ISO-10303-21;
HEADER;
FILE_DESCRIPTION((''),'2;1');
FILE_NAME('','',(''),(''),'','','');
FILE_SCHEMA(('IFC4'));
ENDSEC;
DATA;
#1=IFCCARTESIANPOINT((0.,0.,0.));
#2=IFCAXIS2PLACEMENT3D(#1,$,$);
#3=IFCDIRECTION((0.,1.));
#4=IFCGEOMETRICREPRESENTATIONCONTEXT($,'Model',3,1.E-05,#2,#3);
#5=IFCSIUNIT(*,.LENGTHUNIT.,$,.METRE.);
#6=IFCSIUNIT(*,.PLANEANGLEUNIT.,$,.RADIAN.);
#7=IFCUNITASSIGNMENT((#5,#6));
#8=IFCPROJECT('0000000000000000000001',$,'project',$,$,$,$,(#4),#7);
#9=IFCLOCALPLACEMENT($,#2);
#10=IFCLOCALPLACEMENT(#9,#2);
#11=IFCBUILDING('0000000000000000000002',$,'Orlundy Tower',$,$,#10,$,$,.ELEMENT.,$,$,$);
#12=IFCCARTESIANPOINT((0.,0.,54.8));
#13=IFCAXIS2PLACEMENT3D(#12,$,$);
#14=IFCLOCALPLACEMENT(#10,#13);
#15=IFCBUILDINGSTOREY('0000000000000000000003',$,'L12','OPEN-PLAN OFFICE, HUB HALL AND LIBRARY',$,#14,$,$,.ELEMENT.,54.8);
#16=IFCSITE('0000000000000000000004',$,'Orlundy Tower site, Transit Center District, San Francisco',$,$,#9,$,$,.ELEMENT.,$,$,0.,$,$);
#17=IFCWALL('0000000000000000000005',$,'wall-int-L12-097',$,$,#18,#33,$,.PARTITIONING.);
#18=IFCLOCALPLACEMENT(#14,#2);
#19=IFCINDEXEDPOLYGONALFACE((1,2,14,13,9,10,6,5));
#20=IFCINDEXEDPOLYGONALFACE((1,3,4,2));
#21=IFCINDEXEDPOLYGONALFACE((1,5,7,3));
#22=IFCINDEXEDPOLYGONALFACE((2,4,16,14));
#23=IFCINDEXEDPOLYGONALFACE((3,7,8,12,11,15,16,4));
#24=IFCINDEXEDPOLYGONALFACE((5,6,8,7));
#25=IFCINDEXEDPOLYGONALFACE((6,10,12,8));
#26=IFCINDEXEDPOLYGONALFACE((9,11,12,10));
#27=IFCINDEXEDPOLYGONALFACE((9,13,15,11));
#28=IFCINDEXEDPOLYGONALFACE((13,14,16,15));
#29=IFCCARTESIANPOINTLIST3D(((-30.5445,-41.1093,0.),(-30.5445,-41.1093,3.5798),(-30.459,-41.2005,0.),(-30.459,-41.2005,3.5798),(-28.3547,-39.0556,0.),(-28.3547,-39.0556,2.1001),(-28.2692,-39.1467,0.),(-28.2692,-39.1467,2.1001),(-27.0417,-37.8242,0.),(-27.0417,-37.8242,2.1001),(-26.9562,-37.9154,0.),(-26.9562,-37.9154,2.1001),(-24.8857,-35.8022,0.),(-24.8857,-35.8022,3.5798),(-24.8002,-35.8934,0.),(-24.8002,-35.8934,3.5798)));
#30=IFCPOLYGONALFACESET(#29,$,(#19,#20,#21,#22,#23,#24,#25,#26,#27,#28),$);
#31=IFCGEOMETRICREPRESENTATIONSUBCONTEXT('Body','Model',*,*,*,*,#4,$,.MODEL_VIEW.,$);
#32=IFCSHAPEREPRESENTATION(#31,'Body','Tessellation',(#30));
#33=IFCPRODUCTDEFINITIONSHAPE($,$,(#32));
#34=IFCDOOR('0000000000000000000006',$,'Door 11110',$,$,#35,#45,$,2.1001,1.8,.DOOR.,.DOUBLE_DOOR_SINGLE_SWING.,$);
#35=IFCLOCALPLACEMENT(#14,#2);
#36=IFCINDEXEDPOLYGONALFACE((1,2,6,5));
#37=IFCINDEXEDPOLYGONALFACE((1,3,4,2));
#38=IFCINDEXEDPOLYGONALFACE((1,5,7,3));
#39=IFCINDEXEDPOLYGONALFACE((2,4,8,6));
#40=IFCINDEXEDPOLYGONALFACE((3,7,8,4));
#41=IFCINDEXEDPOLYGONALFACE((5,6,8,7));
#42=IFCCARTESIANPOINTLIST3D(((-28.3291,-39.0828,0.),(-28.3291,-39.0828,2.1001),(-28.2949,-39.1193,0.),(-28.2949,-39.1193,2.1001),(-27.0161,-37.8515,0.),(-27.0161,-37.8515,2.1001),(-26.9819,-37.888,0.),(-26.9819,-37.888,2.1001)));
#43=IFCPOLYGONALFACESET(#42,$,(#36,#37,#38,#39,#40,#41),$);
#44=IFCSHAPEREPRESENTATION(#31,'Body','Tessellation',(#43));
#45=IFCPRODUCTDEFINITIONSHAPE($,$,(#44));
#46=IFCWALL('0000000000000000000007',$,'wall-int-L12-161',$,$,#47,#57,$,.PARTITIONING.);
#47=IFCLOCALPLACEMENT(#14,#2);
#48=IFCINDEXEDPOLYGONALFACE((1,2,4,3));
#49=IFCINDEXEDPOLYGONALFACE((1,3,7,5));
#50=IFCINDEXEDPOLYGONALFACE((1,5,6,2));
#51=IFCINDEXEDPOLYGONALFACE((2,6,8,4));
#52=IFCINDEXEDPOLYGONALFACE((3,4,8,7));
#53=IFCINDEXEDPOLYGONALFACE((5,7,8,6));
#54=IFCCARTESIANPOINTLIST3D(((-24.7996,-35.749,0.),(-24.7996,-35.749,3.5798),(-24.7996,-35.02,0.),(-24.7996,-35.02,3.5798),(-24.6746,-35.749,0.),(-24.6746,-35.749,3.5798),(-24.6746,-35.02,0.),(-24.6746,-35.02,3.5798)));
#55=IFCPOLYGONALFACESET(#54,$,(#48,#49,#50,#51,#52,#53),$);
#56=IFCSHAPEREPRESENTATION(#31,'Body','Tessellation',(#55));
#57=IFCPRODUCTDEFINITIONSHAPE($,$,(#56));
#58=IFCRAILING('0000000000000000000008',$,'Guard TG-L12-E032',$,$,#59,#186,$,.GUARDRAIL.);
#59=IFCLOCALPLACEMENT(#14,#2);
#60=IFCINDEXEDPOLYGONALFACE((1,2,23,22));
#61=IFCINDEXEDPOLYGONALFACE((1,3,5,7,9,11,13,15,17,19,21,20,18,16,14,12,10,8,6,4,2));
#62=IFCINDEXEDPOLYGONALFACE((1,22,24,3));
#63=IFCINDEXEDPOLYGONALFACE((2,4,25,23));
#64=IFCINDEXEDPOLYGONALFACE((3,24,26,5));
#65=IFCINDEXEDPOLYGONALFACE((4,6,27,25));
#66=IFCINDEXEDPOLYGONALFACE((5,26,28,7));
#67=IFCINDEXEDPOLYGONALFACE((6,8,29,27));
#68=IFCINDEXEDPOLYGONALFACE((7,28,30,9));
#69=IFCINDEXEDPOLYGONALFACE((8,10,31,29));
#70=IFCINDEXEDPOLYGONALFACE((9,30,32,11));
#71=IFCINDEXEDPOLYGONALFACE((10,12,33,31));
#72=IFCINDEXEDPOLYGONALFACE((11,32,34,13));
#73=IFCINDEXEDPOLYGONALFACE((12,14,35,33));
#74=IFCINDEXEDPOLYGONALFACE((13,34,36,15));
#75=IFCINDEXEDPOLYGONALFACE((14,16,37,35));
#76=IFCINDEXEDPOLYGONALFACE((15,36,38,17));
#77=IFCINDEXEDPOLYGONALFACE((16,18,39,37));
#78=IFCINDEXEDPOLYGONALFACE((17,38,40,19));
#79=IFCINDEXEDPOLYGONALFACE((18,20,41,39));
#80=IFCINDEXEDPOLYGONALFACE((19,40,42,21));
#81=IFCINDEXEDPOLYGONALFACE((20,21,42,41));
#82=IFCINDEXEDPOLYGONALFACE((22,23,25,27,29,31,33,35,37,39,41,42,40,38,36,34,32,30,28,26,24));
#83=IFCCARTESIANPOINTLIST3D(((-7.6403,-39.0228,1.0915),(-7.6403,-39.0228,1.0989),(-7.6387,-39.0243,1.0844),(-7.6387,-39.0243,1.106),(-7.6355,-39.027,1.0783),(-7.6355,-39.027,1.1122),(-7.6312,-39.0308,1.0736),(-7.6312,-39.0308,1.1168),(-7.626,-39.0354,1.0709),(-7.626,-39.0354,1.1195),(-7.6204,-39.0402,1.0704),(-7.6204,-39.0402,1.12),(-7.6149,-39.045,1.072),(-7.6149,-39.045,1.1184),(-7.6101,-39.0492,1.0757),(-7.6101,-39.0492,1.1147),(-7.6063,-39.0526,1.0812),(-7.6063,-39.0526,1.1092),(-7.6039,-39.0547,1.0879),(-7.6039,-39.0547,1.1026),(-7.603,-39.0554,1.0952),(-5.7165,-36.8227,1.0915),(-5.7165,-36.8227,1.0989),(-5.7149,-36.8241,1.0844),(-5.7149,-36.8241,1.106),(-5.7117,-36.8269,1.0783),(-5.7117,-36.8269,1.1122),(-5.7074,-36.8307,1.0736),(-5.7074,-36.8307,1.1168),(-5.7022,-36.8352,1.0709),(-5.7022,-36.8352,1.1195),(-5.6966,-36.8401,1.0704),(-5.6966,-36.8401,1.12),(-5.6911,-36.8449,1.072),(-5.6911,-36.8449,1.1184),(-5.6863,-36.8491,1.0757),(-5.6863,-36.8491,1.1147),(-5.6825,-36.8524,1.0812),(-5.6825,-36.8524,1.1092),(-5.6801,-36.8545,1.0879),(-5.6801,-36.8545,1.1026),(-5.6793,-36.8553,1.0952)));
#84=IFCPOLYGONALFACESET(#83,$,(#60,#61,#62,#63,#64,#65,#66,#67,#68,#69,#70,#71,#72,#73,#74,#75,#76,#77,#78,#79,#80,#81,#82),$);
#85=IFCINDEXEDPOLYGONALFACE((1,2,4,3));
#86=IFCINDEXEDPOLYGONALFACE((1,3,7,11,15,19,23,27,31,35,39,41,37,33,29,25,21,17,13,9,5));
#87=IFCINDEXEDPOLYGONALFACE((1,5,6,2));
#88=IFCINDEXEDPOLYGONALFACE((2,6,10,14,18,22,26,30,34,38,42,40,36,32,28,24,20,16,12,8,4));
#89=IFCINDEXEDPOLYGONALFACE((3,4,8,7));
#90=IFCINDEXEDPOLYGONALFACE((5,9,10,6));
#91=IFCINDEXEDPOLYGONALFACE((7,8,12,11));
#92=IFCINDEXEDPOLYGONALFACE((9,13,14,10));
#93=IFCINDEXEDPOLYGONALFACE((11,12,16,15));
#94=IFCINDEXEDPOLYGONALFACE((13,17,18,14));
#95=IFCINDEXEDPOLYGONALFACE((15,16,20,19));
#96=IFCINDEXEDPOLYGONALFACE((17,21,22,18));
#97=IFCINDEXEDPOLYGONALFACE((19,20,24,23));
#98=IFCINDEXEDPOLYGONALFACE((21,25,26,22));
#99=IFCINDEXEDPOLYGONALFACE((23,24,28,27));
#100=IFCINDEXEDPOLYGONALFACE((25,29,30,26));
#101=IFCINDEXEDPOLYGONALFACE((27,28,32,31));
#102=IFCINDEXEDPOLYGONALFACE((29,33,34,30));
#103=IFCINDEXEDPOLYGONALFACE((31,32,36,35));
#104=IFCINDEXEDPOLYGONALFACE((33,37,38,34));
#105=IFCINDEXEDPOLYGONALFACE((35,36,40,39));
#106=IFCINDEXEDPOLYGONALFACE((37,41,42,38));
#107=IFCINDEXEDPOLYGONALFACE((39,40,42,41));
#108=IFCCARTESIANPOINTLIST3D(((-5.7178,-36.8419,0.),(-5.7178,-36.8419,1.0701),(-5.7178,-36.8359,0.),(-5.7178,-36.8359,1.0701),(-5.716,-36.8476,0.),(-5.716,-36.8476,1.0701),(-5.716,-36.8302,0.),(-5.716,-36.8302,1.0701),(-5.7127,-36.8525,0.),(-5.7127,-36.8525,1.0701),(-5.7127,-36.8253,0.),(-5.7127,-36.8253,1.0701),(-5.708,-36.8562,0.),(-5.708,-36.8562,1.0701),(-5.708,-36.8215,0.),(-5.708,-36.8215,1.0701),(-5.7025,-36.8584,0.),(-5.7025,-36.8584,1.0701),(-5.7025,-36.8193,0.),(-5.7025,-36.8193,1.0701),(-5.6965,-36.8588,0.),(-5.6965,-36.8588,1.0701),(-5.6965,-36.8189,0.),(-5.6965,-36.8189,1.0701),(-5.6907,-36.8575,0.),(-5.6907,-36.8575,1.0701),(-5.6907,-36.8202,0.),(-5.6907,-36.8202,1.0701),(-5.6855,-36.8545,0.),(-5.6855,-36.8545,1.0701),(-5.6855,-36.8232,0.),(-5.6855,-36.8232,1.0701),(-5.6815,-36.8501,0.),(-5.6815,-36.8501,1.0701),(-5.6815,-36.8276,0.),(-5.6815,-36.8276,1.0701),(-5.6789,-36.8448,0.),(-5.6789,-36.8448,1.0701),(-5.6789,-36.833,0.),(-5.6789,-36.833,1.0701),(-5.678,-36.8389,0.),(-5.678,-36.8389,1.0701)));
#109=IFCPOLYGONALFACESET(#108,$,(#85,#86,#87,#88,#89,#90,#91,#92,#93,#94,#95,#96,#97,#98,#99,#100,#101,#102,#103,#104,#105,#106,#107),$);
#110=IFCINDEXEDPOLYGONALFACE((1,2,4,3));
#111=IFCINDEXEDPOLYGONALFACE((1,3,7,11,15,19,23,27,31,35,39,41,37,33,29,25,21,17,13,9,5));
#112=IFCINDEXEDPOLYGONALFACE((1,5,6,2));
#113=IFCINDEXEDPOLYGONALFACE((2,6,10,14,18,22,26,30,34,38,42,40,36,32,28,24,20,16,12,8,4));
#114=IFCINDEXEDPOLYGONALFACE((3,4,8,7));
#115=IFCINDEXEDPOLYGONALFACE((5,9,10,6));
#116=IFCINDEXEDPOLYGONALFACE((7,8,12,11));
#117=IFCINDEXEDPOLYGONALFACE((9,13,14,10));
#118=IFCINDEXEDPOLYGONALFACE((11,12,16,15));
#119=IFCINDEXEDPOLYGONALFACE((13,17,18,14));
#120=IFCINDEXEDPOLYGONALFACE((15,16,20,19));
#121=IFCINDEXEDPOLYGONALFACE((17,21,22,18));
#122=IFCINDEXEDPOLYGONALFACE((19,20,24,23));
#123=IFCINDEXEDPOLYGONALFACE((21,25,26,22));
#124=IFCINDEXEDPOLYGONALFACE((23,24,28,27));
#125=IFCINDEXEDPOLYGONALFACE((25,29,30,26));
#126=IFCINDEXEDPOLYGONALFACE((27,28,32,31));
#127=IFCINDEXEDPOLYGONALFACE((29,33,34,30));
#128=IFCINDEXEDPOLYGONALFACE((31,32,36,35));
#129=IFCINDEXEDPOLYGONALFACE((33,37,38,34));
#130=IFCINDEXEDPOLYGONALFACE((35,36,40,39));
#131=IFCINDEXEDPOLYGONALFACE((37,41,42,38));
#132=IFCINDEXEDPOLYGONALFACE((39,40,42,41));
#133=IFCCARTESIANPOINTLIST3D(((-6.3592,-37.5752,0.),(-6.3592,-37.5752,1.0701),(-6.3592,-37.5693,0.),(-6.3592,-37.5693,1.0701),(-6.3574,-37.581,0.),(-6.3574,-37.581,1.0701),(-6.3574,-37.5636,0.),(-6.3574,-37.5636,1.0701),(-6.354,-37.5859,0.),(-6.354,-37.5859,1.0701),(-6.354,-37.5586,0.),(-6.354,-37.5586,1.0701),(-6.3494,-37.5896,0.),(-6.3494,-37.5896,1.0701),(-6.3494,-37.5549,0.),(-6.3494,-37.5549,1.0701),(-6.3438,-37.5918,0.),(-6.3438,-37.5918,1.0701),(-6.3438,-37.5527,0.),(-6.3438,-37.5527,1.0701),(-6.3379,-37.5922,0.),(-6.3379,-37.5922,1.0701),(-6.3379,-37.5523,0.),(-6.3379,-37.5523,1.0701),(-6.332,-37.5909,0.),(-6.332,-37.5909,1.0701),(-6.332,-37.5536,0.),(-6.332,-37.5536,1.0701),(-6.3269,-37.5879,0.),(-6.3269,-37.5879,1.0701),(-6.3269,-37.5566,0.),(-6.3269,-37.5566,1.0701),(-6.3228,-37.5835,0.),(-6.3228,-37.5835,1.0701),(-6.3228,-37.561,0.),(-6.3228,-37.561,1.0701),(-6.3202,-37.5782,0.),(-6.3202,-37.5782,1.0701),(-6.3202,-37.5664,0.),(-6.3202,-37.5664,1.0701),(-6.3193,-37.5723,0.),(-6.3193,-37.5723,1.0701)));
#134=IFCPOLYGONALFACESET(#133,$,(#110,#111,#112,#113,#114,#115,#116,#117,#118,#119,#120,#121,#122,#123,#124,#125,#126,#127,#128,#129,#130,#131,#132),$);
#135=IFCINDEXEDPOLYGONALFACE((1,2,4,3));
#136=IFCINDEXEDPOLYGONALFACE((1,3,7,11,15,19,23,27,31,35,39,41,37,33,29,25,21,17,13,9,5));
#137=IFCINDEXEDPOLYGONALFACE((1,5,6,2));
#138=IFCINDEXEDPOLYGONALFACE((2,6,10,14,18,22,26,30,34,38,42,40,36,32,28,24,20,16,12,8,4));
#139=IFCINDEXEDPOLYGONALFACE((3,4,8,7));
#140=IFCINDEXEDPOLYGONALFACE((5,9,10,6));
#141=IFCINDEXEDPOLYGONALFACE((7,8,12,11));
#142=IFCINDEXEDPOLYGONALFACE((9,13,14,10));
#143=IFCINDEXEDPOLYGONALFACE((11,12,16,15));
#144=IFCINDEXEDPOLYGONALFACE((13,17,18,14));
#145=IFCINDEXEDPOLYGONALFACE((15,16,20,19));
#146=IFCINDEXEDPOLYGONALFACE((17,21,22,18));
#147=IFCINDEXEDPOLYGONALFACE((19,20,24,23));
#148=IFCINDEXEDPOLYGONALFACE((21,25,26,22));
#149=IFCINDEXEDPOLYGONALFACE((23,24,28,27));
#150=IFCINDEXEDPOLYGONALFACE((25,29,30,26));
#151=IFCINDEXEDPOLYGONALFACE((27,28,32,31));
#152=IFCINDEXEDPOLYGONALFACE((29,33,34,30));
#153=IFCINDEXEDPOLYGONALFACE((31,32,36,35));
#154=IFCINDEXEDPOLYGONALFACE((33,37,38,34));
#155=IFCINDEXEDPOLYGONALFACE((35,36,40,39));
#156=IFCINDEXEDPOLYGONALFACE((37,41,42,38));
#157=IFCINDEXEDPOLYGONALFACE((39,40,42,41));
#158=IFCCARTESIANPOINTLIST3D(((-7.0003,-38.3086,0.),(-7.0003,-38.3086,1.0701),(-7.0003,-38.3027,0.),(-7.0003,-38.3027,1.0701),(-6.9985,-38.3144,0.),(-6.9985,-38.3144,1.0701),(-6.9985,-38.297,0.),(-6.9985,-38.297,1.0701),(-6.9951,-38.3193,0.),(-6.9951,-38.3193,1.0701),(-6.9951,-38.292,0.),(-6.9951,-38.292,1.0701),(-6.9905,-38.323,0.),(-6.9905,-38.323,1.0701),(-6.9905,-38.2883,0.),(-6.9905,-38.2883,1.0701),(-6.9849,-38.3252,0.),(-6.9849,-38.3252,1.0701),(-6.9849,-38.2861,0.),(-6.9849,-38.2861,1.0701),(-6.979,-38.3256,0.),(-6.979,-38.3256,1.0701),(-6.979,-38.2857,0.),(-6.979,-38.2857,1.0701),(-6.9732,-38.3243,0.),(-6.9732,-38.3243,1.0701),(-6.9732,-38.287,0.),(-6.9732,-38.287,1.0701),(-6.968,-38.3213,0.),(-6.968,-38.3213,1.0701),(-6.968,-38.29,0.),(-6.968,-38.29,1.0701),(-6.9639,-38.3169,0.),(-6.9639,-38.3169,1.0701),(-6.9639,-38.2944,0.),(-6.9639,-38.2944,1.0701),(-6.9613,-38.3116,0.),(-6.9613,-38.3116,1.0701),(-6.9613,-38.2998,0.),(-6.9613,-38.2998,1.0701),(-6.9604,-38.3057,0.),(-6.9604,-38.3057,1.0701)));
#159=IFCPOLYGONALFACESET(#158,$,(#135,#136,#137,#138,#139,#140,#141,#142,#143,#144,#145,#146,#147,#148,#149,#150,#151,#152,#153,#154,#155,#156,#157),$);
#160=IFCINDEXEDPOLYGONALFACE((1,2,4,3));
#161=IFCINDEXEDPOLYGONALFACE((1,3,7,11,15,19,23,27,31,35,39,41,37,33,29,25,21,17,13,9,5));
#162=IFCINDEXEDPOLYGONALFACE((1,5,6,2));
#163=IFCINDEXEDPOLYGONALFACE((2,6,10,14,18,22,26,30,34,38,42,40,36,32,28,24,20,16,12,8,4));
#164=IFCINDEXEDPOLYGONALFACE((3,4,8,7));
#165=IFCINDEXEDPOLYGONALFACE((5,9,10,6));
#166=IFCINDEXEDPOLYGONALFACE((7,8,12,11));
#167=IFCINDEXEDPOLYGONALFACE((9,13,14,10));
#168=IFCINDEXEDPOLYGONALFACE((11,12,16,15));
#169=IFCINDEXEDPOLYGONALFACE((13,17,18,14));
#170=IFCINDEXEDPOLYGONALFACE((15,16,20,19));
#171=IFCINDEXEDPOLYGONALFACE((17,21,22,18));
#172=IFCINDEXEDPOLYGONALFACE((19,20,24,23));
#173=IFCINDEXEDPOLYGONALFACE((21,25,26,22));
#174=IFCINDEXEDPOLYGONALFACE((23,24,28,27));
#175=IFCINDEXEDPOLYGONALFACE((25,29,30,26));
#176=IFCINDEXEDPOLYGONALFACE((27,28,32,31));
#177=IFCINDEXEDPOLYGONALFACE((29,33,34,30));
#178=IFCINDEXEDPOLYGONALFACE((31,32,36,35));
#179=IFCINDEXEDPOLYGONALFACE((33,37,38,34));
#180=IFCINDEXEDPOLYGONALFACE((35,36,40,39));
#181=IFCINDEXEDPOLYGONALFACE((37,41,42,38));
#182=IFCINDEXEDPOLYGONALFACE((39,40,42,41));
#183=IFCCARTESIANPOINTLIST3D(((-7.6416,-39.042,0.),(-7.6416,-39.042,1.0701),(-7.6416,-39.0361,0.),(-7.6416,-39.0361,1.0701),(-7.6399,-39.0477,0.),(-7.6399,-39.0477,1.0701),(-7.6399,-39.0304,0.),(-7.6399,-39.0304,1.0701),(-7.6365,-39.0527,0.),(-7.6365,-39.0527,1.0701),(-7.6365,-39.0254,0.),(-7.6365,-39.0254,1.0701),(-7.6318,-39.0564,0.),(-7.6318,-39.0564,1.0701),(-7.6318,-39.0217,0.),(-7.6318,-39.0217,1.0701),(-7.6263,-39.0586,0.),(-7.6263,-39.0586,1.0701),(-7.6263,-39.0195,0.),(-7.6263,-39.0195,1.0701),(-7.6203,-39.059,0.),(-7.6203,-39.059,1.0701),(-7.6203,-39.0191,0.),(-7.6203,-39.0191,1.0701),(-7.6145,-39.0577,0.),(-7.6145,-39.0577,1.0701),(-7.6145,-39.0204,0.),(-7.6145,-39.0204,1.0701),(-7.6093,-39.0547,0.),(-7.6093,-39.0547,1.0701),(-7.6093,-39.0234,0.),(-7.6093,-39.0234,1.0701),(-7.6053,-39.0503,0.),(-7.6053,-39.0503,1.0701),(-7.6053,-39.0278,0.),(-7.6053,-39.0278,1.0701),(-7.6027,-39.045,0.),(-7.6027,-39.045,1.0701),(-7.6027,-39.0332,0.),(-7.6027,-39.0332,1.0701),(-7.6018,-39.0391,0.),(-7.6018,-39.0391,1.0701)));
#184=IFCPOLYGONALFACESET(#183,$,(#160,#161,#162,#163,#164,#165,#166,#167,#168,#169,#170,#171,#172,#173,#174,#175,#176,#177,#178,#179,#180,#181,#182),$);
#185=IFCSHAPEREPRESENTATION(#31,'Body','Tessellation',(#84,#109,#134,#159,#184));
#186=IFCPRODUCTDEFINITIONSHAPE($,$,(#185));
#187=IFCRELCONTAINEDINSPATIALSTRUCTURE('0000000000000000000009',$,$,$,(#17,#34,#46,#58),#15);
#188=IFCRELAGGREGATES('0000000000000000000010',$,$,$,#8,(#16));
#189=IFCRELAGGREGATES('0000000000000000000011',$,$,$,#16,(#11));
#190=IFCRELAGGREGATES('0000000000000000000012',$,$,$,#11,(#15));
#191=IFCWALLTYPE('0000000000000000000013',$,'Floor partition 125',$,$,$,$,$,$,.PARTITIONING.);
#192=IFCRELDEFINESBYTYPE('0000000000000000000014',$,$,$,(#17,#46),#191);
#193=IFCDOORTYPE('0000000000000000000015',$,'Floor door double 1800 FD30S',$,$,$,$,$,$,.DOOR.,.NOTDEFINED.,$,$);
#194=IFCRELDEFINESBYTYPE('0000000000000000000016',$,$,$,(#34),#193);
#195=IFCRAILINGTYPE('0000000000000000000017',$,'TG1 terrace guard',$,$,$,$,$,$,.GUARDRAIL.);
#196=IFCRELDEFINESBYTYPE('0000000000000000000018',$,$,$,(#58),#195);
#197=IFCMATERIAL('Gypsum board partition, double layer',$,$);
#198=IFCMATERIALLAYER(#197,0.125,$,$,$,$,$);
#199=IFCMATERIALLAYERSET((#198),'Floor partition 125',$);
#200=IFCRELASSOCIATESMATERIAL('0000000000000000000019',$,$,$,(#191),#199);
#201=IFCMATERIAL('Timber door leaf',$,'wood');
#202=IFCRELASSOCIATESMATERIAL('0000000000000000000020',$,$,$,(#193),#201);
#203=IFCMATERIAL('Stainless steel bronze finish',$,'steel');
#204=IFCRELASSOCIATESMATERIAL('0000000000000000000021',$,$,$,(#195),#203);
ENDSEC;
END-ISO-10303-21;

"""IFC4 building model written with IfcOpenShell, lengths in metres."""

from ifc_helpers import new_model, si_unit, direction, frame, frame_2d, origin, origin_2d, place, context, subcontext, project, spatial, rectangle, circle, extrude, material, layer, layer_set, type_object, element, fill, save


model = new_model("IFC4")

# Units and contexts
model_context = context("Model", 3, precision=1e-05, world=origin(), true_north=direction((0.0, 1.0)))
body_context = subcontext(model_context, "Body", "Model", "MODEL_VIEW")
ifc_project = project(units=[si_unit("LENGTHUNIT", "METRE"), si_unit("PLANEANGLEUNIT", "RADIAN")], contexts=[model_context])

# Site, building, storey
site_placement = place(None, origin())
site = spatial("IfcSite", under=ifc_project, at=site_placement, Name="Orlundy Tower site, Transit Center District, San Francisco", CompositionType="ELEMENT", RefElevation=0.0)
building_placement = place(site_placement, origin())
building = spatial("IfcBuilding", under=site, at=building_placement, Name="Orlundy Tower", CompositionType="ELEMENT")
storey_placement = place(building_placement, frame((0.0, 0.0, 54.8)))
storey = spatial("IfcBuildingStorey", under=building, at=storey_placement, Name="L12", Description="OPEN-PLAN OFFICE, HUB HALL AND LIBRARY", CompositionType="ELEMENT", Elevation=54.8)

# Shared definitions
ifc_material_1 = material(Name="Gypsum board partition, double layer")
ifc_layer_1 = layer(ifc_material_1, 0.125)
ifc_layer_set_1 = layer_set([ifc_layer_1], Name="Floor partition 125")
wall_type_1 = type_object("IfcWallType", Name="Floor partition 125", PredefinedType="PARTITIONING", material=ifc_layer_set_1)

# Wall, opening, door
wall_1_placement = place(storey_placement, frame((-24.843, -35.8479, 0.0), z_axis=(0.0, 0.0, 1.0), x_axis=(-0.729416, -0.68407, 0.0)))
wall_1 = element("IfcWall", 1, at=wall_1_placement, inside=storey, type_object=wall_type_1, Name="wall-int-L12-097", PredefinedType="PARTITIONING", context=body_context, shape_type="SweptSolid", body=[
    extrude(rectangle(XDim=7.7581, YDim=0.125, at=frame_2d((3.8789, 0.0))), origin(), (0.0, 0.0, 1.0), 3.5798),
])
opening_placement = place(wall_1_placement, frame((2.9558, 0.0, 0.0)))
opening = element("IfcOpeningElement", 2, at=opening_placement, cuts=wall_1, PredefinedType="OPENING", context=body_context, shape_type="SweptSolid", body=[
    extrude(rectangle(XDim=1.8, YDim=2.1001, at=frame_2d((0.8999, 1.05))), frame((0.0, 0.0725, 0.0), z_axis=(0.0, -1.0, 0.0), x_axis=(1.0, 0.0, 0.0)), (0.0, 0.0, 1.0), 0.145),
])
ifc_material_2 = material(Name="Timber door leaf", Category="wood")
door_type = type_object("IfcDoorType", Name="Floor door double 1800 FD30S", OperationType="NOTDEFINED", PredefinedType="DOOR", material=ifc_material_2)
door_placement = place(opening_placement, origin())
door = element("IfcDoor", 3, at=door_placement, inside=storey, type_object=door_type, Name="Door 11110", OperationType="DOUBLE_DOOR_SINGLE_SWING", OverallHeight=2.1001, OverallWidth=1.8, PredefinedType="DOOR", context=body_context, shape_type="SweptSolid", body=[
    extrude(rectangle(XDim=1.8, YDim=2.1001, at=frame_2d((0.8999, 1.05))), frame((0.0, 0.0249, 0.0), z_axis=(0.0, -1.0, 0.0), x_axis=(1.0, 0.0, 0.0)), (0.0, 0.0, 1.0), 0.05),
])
fill(opening, door)

# Wall
wall_2_placement = place(storey_placement, frame((-24.7371, -35.749, 0.0), z_axis=(0.0, 0.0, 1.0), x_axis=(0.0, 1.0, 0.0)))
element("IfcWall", 4, at=wall_2_placement, inside=storey, type_object=wall_type_1, Name="wall-int-L12-161", PredefinedType="PARTITIONING", context=body_context, shape_type="SweptSolid", body=[
    extrude(rectangle(XDim=0.729, YDim=0.125, at=frame_2d((0.3645, 0.0))), origin(), (0.0, 0.0, 1.0), 3.5798),
])

# Railing
ifc_material_3 = material(Name="Stainless steel bronze finish", Category="steel")
railing_type = type_object("IfcRailingType", Name="TG1 terrace guard", PredefinedType="GUARDRAIL", material=ifc_material_3)
railing_1_placement = place(storey_placement, frame((-5.698, -36.8389, 0.0)))
element("IfcRailing", 5, at=railing_1_placement, inside=storey, type_object=railing_type, Name="Guard TG-L12-E032", PredefinedType="GUARDRAIL", context=body_context, shape_type="SweptSolid", body=[
    extrude(circle(Radius=0.0249, at=origin_2d()), frame((0.0, 0.0, 1.0952), z_axis=(-0.658244, -0.752804, 0.0), x_axis=(0.752804, -0.658244, 0.0)), (0.0, 0.0, 1.0), 2.9226),
    extrude(circle(Radius=0.02, at=origin_2d()), origin(), (0.0, 0.0, 1.0), 1.0701),
    extrude(circle(Radius=0.02, at=origin_2d()), frame((-0.6414, -0.7334, 0.0)), (0.0, 0.0, 1.0), 1.0701),
    extrude(circle(Radius=0.02, at=origin_2d()), frame((-1.2825, -1.4668, 0.0)), (0.0, 0.0, 1.0), 1.0701),
    extrude(circle(Radius=0.02, at=origin_2d()), frame((-1.9238, -2.2002, 0.0)), (0.0, 0.0, 1.0), 1.0701),
])

save(model, "model.ifc")
